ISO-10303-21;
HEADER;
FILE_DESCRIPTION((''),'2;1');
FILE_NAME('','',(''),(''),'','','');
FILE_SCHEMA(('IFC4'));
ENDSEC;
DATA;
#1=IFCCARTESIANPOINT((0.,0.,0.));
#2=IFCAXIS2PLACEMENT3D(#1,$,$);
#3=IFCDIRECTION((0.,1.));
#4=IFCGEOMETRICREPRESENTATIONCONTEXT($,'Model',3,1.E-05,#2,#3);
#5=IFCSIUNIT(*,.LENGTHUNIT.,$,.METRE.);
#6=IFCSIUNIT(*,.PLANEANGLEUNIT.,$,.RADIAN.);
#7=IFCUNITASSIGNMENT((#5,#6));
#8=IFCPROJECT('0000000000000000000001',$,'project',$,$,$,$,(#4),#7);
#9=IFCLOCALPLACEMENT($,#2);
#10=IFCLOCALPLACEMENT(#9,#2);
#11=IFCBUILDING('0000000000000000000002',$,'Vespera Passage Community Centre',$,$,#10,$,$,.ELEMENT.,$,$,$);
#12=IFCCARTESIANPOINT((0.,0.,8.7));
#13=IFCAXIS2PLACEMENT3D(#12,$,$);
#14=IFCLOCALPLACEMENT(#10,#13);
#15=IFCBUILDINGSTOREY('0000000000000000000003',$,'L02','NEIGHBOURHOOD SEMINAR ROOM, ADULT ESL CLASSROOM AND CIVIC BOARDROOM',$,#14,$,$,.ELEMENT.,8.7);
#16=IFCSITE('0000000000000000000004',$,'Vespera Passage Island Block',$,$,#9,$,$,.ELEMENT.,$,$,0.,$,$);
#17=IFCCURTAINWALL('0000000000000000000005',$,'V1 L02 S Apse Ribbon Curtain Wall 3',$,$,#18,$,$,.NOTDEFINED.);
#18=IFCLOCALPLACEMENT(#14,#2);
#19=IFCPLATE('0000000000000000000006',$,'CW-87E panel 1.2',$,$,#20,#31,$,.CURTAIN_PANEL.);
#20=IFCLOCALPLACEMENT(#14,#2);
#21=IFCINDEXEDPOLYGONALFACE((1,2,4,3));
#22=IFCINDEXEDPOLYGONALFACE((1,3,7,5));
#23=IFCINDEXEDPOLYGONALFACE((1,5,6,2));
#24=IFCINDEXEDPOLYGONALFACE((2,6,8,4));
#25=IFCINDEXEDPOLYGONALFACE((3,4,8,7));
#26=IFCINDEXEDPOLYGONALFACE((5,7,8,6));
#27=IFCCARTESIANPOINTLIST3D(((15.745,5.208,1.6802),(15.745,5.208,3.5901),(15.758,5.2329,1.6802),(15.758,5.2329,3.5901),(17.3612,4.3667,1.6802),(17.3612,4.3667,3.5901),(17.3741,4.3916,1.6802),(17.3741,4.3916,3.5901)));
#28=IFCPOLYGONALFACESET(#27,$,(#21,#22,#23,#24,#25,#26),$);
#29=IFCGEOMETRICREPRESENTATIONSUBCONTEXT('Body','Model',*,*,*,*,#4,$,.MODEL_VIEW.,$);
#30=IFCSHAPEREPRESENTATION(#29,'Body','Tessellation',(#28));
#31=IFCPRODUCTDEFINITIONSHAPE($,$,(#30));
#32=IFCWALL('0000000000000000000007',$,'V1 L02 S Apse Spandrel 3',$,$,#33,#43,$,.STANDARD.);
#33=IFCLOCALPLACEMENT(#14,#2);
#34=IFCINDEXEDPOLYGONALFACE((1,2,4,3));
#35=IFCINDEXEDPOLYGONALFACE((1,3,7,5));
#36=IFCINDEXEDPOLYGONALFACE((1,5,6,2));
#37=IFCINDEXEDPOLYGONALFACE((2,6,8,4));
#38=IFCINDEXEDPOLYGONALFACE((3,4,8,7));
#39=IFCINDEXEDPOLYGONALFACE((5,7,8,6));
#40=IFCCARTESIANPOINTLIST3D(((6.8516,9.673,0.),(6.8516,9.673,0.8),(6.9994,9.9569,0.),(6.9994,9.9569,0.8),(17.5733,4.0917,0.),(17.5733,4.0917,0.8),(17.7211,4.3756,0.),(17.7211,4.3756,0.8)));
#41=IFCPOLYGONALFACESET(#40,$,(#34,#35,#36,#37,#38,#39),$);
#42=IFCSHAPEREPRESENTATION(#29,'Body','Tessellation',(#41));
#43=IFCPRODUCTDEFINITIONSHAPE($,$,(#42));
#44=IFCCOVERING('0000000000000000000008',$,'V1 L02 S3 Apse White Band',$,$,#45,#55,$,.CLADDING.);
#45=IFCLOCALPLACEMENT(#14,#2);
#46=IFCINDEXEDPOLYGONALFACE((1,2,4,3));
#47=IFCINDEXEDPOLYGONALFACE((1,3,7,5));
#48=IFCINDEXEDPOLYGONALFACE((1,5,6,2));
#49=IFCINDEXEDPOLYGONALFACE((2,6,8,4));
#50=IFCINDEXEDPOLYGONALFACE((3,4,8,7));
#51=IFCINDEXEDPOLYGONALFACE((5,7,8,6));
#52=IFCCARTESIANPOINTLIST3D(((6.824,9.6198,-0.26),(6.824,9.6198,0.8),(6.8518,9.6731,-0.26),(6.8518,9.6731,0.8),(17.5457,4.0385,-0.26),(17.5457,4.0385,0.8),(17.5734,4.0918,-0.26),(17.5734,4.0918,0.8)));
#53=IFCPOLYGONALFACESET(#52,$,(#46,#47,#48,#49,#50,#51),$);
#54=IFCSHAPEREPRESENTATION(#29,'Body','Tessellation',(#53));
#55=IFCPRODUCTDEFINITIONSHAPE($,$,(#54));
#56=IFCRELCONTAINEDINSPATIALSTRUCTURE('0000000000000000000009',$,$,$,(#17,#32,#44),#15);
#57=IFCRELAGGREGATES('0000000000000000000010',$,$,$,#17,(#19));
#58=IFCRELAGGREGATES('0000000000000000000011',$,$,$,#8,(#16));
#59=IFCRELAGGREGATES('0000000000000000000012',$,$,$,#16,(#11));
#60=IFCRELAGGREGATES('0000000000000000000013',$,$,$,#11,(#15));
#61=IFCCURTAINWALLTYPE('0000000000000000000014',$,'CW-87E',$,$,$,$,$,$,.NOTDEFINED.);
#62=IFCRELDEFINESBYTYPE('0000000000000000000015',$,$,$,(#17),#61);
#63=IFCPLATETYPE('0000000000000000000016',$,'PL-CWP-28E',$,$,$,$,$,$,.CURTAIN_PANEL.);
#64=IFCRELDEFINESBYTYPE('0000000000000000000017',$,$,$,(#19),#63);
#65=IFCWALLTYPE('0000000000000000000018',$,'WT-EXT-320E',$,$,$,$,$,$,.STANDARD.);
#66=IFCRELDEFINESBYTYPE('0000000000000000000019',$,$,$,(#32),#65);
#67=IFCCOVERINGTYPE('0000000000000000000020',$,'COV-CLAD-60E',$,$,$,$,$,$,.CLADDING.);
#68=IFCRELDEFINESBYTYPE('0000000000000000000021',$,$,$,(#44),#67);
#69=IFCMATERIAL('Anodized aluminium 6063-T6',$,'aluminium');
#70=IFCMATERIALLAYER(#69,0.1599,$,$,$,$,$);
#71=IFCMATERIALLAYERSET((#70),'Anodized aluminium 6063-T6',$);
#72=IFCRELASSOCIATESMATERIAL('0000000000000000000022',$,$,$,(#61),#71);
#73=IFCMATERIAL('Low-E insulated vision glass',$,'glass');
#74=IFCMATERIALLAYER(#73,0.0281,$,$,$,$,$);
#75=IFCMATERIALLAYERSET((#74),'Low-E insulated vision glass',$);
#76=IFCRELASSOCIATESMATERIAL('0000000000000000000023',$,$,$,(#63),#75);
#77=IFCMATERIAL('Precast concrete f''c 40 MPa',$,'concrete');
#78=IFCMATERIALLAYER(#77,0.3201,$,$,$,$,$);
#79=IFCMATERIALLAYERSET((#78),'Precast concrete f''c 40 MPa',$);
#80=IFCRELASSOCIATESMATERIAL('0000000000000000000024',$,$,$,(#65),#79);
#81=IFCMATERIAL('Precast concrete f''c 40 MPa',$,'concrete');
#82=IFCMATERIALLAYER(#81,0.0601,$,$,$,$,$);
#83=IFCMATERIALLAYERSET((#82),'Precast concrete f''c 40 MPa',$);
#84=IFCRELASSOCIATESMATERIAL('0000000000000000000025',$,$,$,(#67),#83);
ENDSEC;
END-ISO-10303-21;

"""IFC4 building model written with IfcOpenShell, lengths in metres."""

from ifc_helpers import new_model, si_unit, direction, frame, frame_2d, origin, origin_2d, place, context, subcontext, project, spatial, rectangle, extrude, material, layer, layer_set, type_object, element, aggregate, save


model = new_model("IFC4")

# Units and contexts
model_context = context("Model", 3, precision=1e-05, world=origin(), true_north=direction((0.0, 1.0)))
body_context = subcontext(model_context, "Body", "Model", "MODEL_VIEW")
ifc_project = project(units=[si_unit("LENGTHUNIT", "METRE"), si_unit("PLANEANGLEUNIT", "RADIAN")], contexts=[model_context])

# Site, building, storey
site_placement = place(None, origin())
site = spatial("IfcSite", under=ifc_project, at=site_placement, Name="Vespera Passage Island Block", CompositionType="ELEMENT", RefElevation=0.0)
building_placement = place(site_placement, origin())
building = spatial("IfcBuilding", under=site, at=building_placement, Name="Vespera Passage Community Centre", CompositionType="ELEMENT")
storey_placement = place(building_placement, frame((0.0, 0.0, 8.7)))
storey = spatial("IfcBuildingStorey", under=building, at=storey_placement, Name="L02", Description="NEIGHBOURHOOD SEMINAR ROOM, ADULT ESL CLASSROOM AND CIVIC BOARDROOM", CompositionType="ELEMENT", Elevation=8.7)

# Curtain wall
ifc_material_1 = material(Name="Anodized aluminium 6063-T6", Category="aluminium")
ifc_layer_1 = layer(ifc_material_1, 0.1599)
ifc_layer_set_1 = layer_set([ifc_layer_1], Name="Anodized aluminium 6063-T6")
curtain_wall_type = type_object("IfcCurtainWallType", Name="CW-87E", PredefinedType="NOTDEFINED", material=ifc_layer_set_1)
curtain_wall_1_placement = place(storey_placement, origin())
curtain_wall_1 = element("IfcCurtainWall", 1, at=curtain_wall_1_placement, inside=storey, type_object=curtain_wall_type, Name="V1 L02 S Apse Ribbon Curtain Wall 3", PredefinedType="NOTDEFINED")

# Plate
ifc_material_2 = material(Name="Low-E insulated vision glass", Category="glass")
ifc_layer_2 = layer(ifc_material_2, 0.0281)
ifc_layer_set_2 = layer_set([ifc_layer_2], Name="Low-E insulated vision glass")
plate_type = type_object("IfcPlateType", Name="PL-CWP-28E", PredefinedType="CURTAIN_PANEL", material=ifc_layer_set_2)
plate_1_placement = place(storey_placement, frame((16.5596, 4.7998, 1.6802), z_axis=(0.0, 0.0, 1.0), x_axis=(-0.887013, 0.461745, 0.0)))
plate_1 = element("IfcPlate", 2, at=plate_1_placement, type_object=plate_type, Name="CW-87E panel 1.2", PredefinedType="CURTAIN_PANEL", context=body_context, shape_type="SweptSolid", body=[
    extrude(rectangle(XDim=1.822, YDim=0.0281, at=origin_2d()), origin(), (0.0, 0.0, 1.0), 1.9099),
])
aggregate(curtain_wall_1, [plate_1])

# Wall
ifc_material_3 = material(Name="Precast concrete f'c 40 MPa", Category="concrete")
ifc_layer_3 = layer(ifc_material_3, 0.3201)
ifc_layer_set_3 = layer_set([ifc_layer_3], Name="Precast concrete f'c 40 MPa")
wall_type = type_object("IfcWallType", Name="WT-EXT-320E", PredefinedType="STANDARD", material=ifc_layer_set_3)
wall_placement = place(storey_placement, frame((17.6472, 4.2336, 0.0), z_axis=(0.0, 0.0, 1.0), x_axis=(-0.887013, 0.461745, 0.0)))
element("IfcWall", 3, at=wall_placement, inside=storey, type_object=wall_type, Name="V1 L02 S Apse Spandrel 3", PredefinedType="STANDARD", context=body_context, shape_type="SweptSolid", body=[
    extrude(rectangle(XDim=12.0874, YDim=0.3201, at=frame_2d((6.0437, 0.0))), origin(), (0.0, 0.0, 1.0), 0.8),
])

# Covering
ifc_material_4 = material(Name="Precast concrete f'c 40 MPa", Category="concrete")
ifc_layer_4 = layer(ifc_material_4, 0.0601)
ifc_layer_set_4 = layer_set([ifc_layer_4], Name="Precast concrete f'c 40 MPa")
covering_type = type_object("IfcCoveringType", Name="COV-CLAD-60E", PredefinedType="CLADDING", material=ifc_layer_set_4)
covering_placement = place(storey_placement, frame((17.5596, 4.0652, -0.26), z_axis=(0.0, 0.0, 1.0), x_axis=(-0.887013, 0.461745, 0.0)))
element("IfcCovering", 4, at=covering_placement, inside=storey, type_object=covering_type, Name="V1 L02 S3 Apse White Band", PredefinedType="CLADDING", context=body_context, shape_type="SweptSolid", body=[
    extrude(rectangle(XDim=12.0874, YDim=0.0601, at=frame_2d((6.0437, 0.0))), origin(), (0.0, 0.0, 1.0), 1.0601),
])

save(model, "model.ifc")
